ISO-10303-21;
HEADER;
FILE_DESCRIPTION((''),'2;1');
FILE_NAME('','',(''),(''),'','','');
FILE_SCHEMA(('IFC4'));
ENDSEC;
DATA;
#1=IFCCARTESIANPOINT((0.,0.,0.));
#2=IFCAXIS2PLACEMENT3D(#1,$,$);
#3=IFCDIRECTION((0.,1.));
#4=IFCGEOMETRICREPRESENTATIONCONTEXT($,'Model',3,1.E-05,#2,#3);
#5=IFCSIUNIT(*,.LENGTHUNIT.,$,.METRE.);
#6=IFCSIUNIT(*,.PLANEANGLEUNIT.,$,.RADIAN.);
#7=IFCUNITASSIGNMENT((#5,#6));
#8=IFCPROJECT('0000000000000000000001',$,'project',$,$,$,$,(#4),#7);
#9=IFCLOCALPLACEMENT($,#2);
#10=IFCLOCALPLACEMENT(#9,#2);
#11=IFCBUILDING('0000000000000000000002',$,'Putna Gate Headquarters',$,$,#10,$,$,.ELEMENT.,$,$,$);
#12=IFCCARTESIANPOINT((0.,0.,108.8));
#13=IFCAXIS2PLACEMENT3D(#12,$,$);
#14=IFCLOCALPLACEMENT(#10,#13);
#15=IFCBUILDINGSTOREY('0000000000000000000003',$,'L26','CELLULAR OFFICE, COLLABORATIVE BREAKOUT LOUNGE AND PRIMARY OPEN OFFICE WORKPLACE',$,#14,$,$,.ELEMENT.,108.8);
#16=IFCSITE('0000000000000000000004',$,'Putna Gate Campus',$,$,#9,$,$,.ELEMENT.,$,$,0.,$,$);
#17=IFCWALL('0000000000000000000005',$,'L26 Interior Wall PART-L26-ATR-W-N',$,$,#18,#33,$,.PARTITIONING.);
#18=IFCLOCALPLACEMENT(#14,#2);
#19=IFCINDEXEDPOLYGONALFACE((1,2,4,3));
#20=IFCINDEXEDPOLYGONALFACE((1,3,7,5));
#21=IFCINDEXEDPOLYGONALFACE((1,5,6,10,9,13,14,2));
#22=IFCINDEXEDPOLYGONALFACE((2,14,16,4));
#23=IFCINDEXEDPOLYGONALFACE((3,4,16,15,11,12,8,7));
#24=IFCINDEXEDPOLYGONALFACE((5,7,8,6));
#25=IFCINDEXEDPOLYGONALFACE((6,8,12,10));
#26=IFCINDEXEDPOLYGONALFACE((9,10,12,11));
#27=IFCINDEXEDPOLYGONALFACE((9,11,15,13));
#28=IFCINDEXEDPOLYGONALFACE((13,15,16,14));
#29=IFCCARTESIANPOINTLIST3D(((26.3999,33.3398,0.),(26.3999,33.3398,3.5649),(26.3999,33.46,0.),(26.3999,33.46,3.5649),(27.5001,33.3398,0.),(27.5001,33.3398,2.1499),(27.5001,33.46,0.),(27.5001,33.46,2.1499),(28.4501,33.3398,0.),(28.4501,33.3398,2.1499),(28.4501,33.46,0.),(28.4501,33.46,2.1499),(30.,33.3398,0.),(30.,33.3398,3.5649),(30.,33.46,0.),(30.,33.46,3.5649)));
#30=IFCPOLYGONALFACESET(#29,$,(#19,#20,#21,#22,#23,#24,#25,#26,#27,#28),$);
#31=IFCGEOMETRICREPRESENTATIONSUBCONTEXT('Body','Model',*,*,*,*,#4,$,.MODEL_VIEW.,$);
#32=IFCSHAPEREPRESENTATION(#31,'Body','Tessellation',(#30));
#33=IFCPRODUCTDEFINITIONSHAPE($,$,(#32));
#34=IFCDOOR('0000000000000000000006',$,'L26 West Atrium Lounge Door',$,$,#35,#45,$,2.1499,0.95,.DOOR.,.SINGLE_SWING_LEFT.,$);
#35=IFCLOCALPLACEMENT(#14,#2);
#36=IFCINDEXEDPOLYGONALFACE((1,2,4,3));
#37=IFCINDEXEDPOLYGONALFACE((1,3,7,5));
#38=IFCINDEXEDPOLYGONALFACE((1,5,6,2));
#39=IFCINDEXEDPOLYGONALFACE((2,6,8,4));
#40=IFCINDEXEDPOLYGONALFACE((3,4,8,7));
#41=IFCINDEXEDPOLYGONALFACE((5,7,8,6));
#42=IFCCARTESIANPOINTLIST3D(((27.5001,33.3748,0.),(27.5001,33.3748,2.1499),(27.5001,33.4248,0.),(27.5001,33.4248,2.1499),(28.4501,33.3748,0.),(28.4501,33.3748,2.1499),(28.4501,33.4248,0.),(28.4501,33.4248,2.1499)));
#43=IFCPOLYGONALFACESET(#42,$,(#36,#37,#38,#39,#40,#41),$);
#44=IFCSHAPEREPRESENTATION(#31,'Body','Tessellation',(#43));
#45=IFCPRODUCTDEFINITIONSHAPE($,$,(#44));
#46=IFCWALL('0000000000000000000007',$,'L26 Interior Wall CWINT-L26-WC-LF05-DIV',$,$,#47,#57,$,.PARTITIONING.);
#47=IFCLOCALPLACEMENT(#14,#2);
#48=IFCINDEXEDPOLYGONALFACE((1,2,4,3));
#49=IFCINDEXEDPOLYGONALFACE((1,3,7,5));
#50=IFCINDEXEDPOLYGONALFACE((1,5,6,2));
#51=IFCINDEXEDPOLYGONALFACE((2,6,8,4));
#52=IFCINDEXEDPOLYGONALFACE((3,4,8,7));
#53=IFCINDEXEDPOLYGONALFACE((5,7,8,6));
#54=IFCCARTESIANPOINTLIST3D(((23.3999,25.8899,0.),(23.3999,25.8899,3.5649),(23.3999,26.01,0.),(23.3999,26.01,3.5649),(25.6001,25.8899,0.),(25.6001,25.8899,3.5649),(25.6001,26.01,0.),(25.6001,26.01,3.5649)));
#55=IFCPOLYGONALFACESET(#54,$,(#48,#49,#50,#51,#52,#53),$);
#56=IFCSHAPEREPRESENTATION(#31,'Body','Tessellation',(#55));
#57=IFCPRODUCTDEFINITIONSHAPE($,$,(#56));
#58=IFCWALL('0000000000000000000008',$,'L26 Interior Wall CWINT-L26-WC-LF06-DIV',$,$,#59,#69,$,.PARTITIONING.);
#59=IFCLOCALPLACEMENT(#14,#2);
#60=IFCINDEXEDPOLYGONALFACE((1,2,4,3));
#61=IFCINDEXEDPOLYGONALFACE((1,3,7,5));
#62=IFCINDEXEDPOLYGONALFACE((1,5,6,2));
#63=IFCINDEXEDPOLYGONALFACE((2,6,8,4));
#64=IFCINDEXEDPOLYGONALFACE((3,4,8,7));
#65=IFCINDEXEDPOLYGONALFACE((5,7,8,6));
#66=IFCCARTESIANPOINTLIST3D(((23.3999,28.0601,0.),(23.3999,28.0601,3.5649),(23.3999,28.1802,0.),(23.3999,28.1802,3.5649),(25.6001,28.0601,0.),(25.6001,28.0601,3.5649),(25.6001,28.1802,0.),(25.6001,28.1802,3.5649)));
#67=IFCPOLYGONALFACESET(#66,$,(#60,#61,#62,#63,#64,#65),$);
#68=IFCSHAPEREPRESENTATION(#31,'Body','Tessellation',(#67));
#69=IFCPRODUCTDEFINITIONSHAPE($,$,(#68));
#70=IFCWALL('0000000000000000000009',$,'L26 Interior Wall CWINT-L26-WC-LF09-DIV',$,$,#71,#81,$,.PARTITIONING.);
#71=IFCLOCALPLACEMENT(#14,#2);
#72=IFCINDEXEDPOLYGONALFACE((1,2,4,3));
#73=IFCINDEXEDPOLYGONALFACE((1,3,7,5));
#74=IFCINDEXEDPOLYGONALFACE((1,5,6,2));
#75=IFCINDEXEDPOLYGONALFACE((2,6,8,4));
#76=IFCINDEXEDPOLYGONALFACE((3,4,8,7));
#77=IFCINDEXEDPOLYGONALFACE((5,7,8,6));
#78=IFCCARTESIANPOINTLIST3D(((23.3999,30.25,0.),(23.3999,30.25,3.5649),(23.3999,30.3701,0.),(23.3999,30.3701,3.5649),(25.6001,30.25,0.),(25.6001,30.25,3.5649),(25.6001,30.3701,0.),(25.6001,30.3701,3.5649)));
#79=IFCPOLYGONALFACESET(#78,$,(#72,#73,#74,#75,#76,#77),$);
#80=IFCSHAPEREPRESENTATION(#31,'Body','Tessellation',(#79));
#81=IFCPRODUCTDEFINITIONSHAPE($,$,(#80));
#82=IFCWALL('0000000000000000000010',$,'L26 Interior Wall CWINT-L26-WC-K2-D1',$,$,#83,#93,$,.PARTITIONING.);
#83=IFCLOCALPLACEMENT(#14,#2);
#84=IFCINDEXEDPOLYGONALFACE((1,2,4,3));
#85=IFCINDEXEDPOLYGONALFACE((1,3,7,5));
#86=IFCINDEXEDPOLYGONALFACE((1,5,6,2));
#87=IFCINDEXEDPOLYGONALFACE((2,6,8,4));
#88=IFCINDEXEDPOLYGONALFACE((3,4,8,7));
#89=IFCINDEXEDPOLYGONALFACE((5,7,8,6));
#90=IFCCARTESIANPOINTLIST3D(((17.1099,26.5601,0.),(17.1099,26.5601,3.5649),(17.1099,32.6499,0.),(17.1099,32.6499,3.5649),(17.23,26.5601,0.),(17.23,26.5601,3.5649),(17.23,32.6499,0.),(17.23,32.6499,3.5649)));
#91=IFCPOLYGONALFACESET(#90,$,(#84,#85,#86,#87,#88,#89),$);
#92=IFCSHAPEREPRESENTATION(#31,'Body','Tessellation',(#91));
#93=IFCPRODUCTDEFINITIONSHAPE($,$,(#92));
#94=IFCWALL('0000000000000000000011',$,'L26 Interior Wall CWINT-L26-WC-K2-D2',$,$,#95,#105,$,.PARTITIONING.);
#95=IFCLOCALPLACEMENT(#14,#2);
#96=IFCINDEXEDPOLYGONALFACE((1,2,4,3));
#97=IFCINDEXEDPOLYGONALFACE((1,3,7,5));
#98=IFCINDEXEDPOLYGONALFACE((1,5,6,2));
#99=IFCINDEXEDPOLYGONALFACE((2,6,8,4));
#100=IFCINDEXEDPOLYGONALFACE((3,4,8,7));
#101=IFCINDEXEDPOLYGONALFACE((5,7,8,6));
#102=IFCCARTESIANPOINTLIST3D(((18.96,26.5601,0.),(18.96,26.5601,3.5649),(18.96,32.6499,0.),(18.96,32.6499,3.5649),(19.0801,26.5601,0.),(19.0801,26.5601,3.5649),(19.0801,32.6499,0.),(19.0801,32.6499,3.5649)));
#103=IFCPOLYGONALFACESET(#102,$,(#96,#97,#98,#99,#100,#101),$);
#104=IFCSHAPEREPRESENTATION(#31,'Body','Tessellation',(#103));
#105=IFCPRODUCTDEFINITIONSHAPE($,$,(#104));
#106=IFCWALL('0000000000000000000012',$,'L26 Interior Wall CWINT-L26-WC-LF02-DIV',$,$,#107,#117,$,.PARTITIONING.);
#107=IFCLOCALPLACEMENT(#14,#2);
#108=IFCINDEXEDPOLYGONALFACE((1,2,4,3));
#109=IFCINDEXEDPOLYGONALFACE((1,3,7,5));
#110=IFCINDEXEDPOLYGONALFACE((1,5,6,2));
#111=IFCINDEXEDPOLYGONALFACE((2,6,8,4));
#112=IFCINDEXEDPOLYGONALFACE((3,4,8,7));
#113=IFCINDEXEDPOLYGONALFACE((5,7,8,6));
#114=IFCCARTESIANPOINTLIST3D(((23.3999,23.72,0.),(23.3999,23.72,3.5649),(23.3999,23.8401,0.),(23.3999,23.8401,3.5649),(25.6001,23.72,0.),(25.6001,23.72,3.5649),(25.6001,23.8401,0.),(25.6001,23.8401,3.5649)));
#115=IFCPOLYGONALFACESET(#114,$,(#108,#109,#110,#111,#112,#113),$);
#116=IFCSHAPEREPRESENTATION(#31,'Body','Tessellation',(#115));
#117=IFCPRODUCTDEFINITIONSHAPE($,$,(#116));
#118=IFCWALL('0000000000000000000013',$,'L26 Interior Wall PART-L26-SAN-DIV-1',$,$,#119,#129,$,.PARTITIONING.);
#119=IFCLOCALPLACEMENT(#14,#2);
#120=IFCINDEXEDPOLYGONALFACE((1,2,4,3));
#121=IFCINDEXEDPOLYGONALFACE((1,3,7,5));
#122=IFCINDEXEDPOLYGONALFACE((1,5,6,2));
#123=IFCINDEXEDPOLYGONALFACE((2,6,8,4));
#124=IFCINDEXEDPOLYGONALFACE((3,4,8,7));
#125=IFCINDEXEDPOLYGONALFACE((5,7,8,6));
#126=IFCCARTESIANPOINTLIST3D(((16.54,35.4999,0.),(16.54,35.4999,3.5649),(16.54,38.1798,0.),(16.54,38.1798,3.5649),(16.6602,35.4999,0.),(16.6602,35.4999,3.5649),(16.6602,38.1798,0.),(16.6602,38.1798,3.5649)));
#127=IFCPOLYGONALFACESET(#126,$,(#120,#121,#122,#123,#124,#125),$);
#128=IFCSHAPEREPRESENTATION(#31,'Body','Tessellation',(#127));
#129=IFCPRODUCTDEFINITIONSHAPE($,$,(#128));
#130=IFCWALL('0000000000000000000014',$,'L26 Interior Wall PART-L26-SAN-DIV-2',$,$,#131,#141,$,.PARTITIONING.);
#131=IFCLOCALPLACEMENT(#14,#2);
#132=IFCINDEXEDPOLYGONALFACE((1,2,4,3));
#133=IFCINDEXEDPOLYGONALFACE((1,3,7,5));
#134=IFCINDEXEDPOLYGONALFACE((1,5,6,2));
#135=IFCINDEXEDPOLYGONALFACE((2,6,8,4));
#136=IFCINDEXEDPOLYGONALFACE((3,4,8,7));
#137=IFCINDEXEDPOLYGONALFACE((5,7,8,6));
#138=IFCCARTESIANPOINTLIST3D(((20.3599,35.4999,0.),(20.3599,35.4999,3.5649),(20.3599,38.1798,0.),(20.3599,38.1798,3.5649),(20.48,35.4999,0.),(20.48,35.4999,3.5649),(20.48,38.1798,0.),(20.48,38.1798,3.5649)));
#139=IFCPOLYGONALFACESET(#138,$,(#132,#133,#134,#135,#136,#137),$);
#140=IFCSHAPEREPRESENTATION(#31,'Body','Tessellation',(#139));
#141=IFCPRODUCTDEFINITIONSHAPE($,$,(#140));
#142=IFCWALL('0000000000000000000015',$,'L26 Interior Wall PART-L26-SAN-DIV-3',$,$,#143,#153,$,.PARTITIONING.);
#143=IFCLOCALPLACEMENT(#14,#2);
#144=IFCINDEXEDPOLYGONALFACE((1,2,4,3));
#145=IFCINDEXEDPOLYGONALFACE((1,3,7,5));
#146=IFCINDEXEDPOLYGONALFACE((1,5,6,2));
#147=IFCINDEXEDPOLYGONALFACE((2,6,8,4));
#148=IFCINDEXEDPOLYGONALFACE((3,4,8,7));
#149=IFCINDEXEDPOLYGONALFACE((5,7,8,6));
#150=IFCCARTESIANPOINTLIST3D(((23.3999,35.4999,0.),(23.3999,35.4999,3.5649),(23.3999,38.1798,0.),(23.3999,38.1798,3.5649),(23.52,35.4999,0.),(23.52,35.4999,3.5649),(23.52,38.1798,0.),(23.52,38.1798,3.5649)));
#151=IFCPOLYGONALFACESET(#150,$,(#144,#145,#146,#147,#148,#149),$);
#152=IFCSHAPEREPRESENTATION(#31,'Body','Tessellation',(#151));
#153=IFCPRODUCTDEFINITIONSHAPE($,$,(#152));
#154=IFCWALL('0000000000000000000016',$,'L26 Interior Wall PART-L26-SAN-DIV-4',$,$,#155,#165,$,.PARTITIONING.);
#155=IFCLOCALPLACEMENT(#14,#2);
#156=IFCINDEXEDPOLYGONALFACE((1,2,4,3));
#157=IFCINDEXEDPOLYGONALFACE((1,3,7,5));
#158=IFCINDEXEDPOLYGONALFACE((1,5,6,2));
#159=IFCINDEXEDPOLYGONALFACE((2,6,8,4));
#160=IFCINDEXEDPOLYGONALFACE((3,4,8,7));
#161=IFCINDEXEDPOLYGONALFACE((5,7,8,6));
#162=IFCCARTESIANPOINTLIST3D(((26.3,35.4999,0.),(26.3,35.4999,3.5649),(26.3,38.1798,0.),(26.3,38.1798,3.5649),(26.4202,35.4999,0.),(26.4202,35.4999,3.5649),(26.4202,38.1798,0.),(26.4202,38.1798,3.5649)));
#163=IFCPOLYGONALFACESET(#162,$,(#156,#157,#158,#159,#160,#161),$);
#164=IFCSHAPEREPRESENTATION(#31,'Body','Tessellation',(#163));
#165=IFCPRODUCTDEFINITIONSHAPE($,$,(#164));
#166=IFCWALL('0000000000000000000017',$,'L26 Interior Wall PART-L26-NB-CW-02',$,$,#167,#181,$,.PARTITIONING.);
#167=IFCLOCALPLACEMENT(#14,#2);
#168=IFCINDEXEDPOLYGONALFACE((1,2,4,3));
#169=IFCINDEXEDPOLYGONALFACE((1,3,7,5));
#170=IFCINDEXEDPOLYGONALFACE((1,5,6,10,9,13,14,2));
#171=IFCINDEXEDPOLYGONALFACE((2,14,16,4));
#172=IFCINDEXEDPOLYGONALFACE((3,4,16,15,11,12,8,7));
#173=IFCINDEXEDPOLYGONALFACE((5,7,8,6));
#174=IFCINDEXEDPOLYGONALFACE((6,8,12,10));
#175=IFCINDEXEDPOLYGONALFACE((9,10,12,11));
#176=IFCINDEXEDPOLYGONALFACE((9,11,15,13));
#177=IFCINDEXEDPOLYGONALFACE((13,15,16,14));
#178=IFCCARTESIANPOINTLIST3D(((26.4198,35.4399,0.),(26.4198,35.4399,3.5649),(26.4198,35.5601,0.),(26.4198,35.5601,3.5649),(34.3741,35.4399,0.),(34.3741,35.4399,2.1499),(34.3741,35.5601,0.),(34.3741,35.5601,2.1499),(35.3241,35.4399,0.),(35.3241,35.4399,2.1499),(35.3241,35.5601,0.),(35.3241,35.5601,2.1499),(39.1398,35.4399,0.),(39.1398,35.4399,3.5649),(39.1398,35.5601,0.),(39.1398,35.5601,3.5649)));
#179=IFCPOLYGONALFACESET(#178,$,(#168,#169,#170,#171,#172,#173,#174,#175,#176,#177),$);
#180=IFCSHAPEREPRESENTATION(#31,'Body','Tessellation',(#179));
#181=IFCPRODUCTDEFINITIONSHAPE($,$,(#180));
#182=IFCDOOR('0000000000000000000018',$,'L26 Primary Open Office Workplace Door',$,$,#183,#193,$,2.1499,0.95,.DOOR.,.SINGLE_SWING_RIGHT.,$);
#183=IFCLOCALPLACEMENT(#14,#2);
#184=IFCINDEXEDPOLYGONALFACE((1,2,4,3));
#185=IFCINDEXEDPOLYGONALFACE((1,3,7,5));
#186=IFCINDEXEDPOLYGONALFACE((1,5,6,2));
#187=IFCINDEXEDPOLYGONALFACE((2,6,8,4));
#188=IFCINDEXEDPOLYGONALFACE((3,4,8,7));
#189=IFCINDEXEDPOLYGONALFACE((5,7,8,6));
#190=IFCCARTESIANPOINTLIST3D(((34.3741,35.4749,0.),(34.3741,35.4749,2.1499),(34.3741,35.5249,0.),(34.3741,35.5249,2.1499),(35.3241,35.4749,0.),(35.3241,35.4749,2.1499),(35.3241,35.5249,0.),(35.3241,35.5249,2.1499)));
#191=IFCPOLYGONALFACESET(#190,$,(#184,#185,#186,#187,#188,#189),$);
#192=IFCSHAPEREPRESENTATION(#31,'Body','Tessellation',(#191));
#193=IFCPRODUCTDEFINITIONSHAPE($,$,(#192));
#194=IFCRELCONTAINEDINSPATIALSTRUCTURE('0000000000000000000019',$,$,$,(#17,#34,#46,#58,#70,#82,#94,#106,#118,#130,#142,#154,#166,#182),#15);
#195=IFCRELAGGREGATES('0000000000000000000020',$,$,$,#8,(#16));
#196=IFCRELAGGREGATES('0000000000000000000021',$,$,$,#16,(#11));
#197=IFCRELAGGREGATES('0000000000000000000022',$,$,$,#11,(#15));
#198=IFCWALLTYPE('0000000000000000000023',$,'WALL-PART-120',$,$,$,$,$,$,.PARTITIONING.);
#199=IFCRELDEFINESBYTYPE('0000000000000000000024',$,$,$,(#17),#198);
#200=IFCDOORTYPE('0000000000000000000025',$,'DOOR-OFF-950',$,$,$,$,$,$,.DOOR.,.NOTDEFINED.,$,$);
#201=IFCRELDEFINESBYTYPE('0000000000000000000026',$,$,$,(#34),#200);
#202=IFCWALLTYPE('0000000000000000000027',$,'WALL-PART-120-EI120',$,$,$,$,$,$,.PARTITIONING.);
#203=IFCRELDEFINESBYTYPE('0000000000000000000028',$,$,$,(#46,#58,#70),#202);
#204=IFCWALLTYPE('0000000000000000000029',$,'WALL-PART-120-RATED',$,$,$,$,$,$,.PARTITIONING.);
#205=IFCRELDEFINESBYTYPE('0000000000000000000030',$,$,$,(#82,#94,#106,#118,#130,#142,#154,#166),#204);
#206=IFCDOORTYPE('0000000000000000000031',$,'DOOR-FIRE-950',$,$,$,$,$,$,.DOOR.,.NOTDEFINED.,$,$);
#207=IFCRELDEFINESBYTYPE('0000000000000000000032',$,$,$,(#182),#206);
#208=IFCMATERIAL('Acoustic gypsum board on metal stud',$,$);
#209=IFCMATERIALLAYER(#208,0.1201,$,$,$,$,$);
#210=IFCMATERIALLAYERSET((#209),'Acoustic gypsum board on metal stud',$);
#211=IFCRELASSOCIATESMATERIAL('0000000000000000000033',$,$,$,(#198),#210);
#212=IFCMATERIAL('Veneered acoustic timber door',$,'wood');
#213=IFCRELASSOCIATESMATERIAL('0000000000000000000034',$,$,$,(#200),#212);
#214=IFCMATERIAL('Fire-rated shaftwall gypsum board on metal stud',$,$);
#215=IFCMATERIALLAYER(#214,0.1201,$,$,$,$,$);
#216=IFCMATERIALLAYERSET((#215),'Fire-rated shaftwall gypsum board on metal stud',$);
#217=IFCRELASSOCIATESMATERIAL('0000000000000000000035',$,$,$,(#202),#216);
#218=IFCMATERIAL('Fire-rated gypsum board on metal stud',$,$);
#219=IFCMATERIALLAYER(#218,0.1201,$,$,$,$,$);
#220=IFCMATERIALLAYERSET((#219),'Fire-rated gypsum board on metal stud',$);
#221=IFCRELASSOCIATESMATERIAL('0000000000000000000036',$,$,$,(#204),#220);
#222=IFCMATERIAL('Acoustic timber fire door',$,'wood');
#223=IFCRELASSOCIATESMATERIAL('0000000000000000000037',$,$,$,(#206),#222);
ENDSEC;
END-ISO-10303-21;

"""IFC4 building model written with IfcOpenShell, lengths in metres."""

from ifc_helpers import new_model, si_unit, direction, frame, frame_2d, origin, place, context, subcontext, project, spatial, rectangle, extrude, material, layer, layer_set, type_object, element, fill, save


model = new_model("IFC4")

# Units and contexts
model_context = context("Model", 3, precision=1e-05, world=origin(), true_north=direction((0.0, 1.0)))
body_context = subcontext(model_context, "Body", "Model", "MODEL_VIEW")
ifc_project = project(units=[si_unit("LENGTHUNIT", "METRE"), si_unit("PLANEANGLEUNIT", "RADIAN")], contexts=[model_context])

# Site, building, storey
site_placement = place(None, origin())
site = spatial("IfcSite", under=ifc_project, at=site_placement, Name="Putna Gate Campus", CompositionType="ELEMENT", RefElevation=0.0)
building_placement = place(site_placement, origin())
building = spatial("IfcBuilding", under=site, at=building_placement, Name="Putna Gate Headquarters", CompositionType="ELEMENT")
storey_placement = place(building_placement, frame((0.0, 0.0, 108.8)))
storey = spatial("IfcBuildingStorey", under=building, at=storey_placement, Name="L26", Description="CELLULAR OFFICE, COLLABORATIVE BREAKOUT LOUNGE AND PRIMARY OPEN OFFICE WORKPLACE", CompositionType="ELEMENT", Elevation=108.8)

# Wall, opening, door
ifc_material_1 = material(Name="Acoustic gypsum board on metal stud")
ifc_layer_1 = layer(ifc_material_1, 0.1201)
ifc_layer_set_1 = layer_set([ifc_layer_1], Name="Acoustic gypsum board on metal stud")
wall_type_1 = type_object("IfcWallType", Name="WALL-PART-120", PredefinedType="PARTITIONING", material=ifc_layer_set_1)
wall_1_placement = place(storey_placement, frame((26.3999, 33.3999, 0.0), z_axis=(0.0, 0.0, 1.0), x_axis=(1.0, 0.0, 0.0)))
wall_1 = element("IfcWall", 1, at=wall_1_placement, inside=storey, type_object=wall_type_1, Name="L26 Interior Wall PART-L26-ATR-W-N", PredefinedType="PARTITIONING", context=body_context, shape_type="SweptSolid", body=[
    extrude(rectangle(XDim=3.6001, YDim=0.1201, at=frame_2d((1.8, 0.0))), origin(), (0.0, 0.0, 1.0), 3.5649),
])
opening_1_placement = place(wall_1_placement, frame((1.1001, 0.0, 0.0)))
opening_1 = element("IfcOpeningElement", 2, at=opening_1_placement, cuts=wall_1, PredefinedType="OPENING", context=body_context, shape_type="SweptSolid", body=[
    extrude(rectangle(XDim=0.95, YDim=2.1499, at=frame_2d((0.4751, 1.075))), frame((0.0, 0.0701, 0.0), z_axis=(0.0, -1.0, 0.0), x_axis=(1.0, 0.0, 0.0)), (0.0, 0.0, 1.0), 0.1401),
])
ifc_material_2 = material(Name="Veneered acoustic timber door", Category="wood")
door_type_1 = type_object("IfcDoorType", Name="DOOR-OFF-950", OperationType="NOTDEFINED", PredefinedType="DOOR", material=ifc_material_2)
door_1_placement = place(opening_1_placement, origin())
door_1 = element("IfcDoor", 3, at=door_1_placement, inside=storey, type_object=door_type_1, Name="L26 West Atrium Lounge Door", OperationType="SINGLE_SWING_LEFT", OverallHeight=2.1499, OverallWidth=0.95, PredefinedType="DOOR", context=body_context, shape_type="SweptSolid", body=[
    extrude(rectangle(XDim=0.95, YDim=2.1499, at=frame_2d((0.4751, 1.075))), frame((0.0, 0.0249, 0.0), z_axis=(0.0, -1.0, 0.0), x_axis=(1.0, 0.0, 0.0)), (0.0, 0.0, 1.0), 0.05),
])
fill(opening_1, door_1)

# Walls
ifc_material_3 = material(Name="Fire-rated shaftwall gypsum board on metal stud")
ifc_layer_2 = layer(ifc_material_3, 0.1201)
ifc_layer_set_2 = layer_set([ifc_layer_2], Name="Fire-rated shaftwall gypsum board on metal stud")
wall_type_2 = type_object("IfcWallType", Name="WALL-PART-120-EI120", PredefinedType="PARTITIONING", material=ifc_layer_set_2)
for number, where, z_axis, x_axis, name in (
    (4, (23.3999, 25.95, 0.0), (0.0, 0.0, 1.0), (1.0, 0.0, 0.0), "L26 Interior Wall CWINT-L26-WC-LF05-DIV"),
    (5, (23.3999, 28.1201, 0.0), (0.0, 0.0, 1.0), (1.0, 0.0, 0.0), "L26 Interior Wall CWINT-L26-WC-LF06-DIV"),
    (6, (23.3999, 30.3101, 0.0), (0.0, 0.0, 1.0), (1.0, 0.0, 0.0), "L26 Interior Wall CWINT-L26-WC-LF09-DIV"),
):
    element("IfcWall", number, at=place(storey_placement, frame(where, z_axis=z_axis, x_axis=x_axis)), inside=storey, type_object=wall_type_2, Name=name, PredefinedType="PARTITIONING", context=body_context, shape_type="SweptSolid", body=[
        extrude(rectangle(XDim=2.2002, YDim=0.1201, at=frame_2d((1.1001, 0.0))), origin(), (0.0, 0.0, 1.0), 3.5649),
    ])
ifc_material_4 = material(Name="Fire-rated gypsum board on metal stud")
ifc_layer_3 = layer(ifc_material_4, 0.1201)
ifc_layer_set_3 = layer_set([ifc_layer_3], Name="Fire-rated gypsum board on metal stud")
wall_type_3 = type_object("IfcWallType", Name="WALL-PART-120-RATED", PredefinedType="PARTITIONING", material=ifc_layer_set_3)
for number, where, z_axis, x_axis, name in (
    (7, (17.1699, 26.5601, 0.0), (0.0, 0.0, 1.0), (0.0, 1.0, 0.0), "L26 Interior Wall CWINT-L26-WC-K2-D1"),
    (8, (19.02, 26.5601, 0.0), (0.0, 0.0, 1.0), (0.0, 1.0, 0.0), "L26 Interior Wall CWINT-L26-WC-K2-D2"),
):
    element("IfcWall", number, at=place(storey_placement, frame(where, z_axis=z_axis, x_axis=x_axis)), inside=storey, type_object=wall_type_3, Name=name, PredefinedType="PARTITIONING", context=body_context, shape_type="SweptSolid", body=[
        extrude(rectangle(XDim=6.0898, YDim=0.1201, at=frame_2d((3.0449, 0.0))), origin(), (0.0, 0.0, 1.0), 3.5649),
    ])
wall_2_placement = place(storey_placement, frame((23.3999, 23.78, 0.0), z_axis=(0.0, 0.0, 1.0), x_axis=(1.0, 0.0, 0.0)))
element("IfcWall", 9, at=wall_2_placement, inside=storey, type_object=wall_type_3, Name="L26 Interior Wall CWINT-L26-WC-LF02-DIV", PredefinedType="PARTITIONING", context=body_context, shape_type="SweptSolid", body=[
    extrude(rectangle(XDim=2.2002, YDim=0.1201, at=frame_2d((1.1001, 0.0))), origin(), (0.0, 0.0, 1.0), 3.5649),
])
for number, where, z_axis, x_axis, name in (
    (10, (16.6001, 35.5, 0.0), (0.0, 0.0, 1.0), (0.0, 1.0, 0.0), "L26 Interior Wall PART-L26-SAN-DIV-1"),
    (11, (20.4199, 35.5, 0.0), (0.0, 0.0, 1.0), (0.0, 1.0, 0.0), "L26 Interior Wall PART-L26-SAN-DIV-2"),
    (12, (23.46, 35.5, 0.0), (0.0, 0.0, 1.0), (0.0, 1.0, 0.0), "L26 Interior Wall PART-L26-SAN-DIV-3"),
    (13, (26.3601, 35.5, 0.0), (0.0, 0.0, 1.0), (0.0, 1.0, 0.0), "L26 Interior Wall PART-L26-SAN-DIV-4"),
):
    element("IfcWall", number, at=place(storey_placement, frame(where, z_axis=z_axis, x_axis=x_axis)), inside=storey, type_object=wall_type_3, Name=name, PredefinedType="PARTITIONING", context=body_context, shape_type="SweptSolid", body=[
        extrude(rectangle(XDim=2.6799, YDim=0.1201, at=frame_2d((1.3398, 0.0))), origin(), (0.0, 0.0, 1.0), 3.5649),
    ])

# Wall, opening, door
wall_3_placement = place(storey_placement, frame((26.4199, 35.5, 0.0), z_axis=(0.0, 0.0, 1.0), x_axis=(1.0, 0.0, 0.0)))
wall_3 = element("IfcWall", 14, at=wall_3_placement, inside=storey, type_object=wall_type_3, Name="L26 Interior Wall PART-L26-NB-CW-02", PredefinedType="PARTITIONING", context=body_context, shape_type="SweptSolid", body=[
    extrude(rectangle(XDim=12.72, YDim=0.1201, at=frame_2d((6.3599, 0.0))), origin(), (0.0, 0.0, 1.0), 3.5649),
])
opening_2_placement = place(wall_3_placement, frame((7.9541, 0.0, 0.0)))
opening_2 = element("IfcOpeningElement", 15, at=opening_2_placement, cuts=wall_3, PredefinedType="OPENING", context=body_context, shape_type="SweptSolid", body=[
    extrude(rectangle(XDim=0.95, YDim=2.1499, at=frame_2d((0.4751, 1.075))), frame((0.0, 0.0701, 0.0), z_axis=(0.0, -1.0, 0.0), x_axis=(1.0, 0.0, 0.0)), (0.0, 0.0, 1.0), 0.1401),
])
ifc_material_5 = material(Name="Acoustic timber fire door", Category="wood")
door_type_2 = type_object("IfcDoorType", Name="DOOR-FIRE-950", OperationType="NOTDEFINED", PredefinedType="DOOR", material=ifc_material_5)
door_2_placement = place(opening_2_placement, origin())
door_2 = element("IfcDoor", 16, at=door_2_placement, inside=storey, type_object=door_type_2, Name="L26 Primary Open Office Workplace Door", OperationType="SINGLE_SWING_RIGHT", OverallHeight=2.1499, OverallWidth=0.95, PredefinedType="DOOR", context=body_context, shape_type="SweptSolid", body=[
    extrude(rectangle(XDim=0.95, YDim=2.1499, at=frame_2d((0.4751, 1.075))), frame((0.0, 0.0249, 0.0), z_axis=(0.0, -1.0, 0.0), x_axis=(1.0, 0.0, 0.0)), (0.0, 0.0, 1.0), 0.05),
])
fill(opening_2, door_2)

save(model, "model.ifc")
